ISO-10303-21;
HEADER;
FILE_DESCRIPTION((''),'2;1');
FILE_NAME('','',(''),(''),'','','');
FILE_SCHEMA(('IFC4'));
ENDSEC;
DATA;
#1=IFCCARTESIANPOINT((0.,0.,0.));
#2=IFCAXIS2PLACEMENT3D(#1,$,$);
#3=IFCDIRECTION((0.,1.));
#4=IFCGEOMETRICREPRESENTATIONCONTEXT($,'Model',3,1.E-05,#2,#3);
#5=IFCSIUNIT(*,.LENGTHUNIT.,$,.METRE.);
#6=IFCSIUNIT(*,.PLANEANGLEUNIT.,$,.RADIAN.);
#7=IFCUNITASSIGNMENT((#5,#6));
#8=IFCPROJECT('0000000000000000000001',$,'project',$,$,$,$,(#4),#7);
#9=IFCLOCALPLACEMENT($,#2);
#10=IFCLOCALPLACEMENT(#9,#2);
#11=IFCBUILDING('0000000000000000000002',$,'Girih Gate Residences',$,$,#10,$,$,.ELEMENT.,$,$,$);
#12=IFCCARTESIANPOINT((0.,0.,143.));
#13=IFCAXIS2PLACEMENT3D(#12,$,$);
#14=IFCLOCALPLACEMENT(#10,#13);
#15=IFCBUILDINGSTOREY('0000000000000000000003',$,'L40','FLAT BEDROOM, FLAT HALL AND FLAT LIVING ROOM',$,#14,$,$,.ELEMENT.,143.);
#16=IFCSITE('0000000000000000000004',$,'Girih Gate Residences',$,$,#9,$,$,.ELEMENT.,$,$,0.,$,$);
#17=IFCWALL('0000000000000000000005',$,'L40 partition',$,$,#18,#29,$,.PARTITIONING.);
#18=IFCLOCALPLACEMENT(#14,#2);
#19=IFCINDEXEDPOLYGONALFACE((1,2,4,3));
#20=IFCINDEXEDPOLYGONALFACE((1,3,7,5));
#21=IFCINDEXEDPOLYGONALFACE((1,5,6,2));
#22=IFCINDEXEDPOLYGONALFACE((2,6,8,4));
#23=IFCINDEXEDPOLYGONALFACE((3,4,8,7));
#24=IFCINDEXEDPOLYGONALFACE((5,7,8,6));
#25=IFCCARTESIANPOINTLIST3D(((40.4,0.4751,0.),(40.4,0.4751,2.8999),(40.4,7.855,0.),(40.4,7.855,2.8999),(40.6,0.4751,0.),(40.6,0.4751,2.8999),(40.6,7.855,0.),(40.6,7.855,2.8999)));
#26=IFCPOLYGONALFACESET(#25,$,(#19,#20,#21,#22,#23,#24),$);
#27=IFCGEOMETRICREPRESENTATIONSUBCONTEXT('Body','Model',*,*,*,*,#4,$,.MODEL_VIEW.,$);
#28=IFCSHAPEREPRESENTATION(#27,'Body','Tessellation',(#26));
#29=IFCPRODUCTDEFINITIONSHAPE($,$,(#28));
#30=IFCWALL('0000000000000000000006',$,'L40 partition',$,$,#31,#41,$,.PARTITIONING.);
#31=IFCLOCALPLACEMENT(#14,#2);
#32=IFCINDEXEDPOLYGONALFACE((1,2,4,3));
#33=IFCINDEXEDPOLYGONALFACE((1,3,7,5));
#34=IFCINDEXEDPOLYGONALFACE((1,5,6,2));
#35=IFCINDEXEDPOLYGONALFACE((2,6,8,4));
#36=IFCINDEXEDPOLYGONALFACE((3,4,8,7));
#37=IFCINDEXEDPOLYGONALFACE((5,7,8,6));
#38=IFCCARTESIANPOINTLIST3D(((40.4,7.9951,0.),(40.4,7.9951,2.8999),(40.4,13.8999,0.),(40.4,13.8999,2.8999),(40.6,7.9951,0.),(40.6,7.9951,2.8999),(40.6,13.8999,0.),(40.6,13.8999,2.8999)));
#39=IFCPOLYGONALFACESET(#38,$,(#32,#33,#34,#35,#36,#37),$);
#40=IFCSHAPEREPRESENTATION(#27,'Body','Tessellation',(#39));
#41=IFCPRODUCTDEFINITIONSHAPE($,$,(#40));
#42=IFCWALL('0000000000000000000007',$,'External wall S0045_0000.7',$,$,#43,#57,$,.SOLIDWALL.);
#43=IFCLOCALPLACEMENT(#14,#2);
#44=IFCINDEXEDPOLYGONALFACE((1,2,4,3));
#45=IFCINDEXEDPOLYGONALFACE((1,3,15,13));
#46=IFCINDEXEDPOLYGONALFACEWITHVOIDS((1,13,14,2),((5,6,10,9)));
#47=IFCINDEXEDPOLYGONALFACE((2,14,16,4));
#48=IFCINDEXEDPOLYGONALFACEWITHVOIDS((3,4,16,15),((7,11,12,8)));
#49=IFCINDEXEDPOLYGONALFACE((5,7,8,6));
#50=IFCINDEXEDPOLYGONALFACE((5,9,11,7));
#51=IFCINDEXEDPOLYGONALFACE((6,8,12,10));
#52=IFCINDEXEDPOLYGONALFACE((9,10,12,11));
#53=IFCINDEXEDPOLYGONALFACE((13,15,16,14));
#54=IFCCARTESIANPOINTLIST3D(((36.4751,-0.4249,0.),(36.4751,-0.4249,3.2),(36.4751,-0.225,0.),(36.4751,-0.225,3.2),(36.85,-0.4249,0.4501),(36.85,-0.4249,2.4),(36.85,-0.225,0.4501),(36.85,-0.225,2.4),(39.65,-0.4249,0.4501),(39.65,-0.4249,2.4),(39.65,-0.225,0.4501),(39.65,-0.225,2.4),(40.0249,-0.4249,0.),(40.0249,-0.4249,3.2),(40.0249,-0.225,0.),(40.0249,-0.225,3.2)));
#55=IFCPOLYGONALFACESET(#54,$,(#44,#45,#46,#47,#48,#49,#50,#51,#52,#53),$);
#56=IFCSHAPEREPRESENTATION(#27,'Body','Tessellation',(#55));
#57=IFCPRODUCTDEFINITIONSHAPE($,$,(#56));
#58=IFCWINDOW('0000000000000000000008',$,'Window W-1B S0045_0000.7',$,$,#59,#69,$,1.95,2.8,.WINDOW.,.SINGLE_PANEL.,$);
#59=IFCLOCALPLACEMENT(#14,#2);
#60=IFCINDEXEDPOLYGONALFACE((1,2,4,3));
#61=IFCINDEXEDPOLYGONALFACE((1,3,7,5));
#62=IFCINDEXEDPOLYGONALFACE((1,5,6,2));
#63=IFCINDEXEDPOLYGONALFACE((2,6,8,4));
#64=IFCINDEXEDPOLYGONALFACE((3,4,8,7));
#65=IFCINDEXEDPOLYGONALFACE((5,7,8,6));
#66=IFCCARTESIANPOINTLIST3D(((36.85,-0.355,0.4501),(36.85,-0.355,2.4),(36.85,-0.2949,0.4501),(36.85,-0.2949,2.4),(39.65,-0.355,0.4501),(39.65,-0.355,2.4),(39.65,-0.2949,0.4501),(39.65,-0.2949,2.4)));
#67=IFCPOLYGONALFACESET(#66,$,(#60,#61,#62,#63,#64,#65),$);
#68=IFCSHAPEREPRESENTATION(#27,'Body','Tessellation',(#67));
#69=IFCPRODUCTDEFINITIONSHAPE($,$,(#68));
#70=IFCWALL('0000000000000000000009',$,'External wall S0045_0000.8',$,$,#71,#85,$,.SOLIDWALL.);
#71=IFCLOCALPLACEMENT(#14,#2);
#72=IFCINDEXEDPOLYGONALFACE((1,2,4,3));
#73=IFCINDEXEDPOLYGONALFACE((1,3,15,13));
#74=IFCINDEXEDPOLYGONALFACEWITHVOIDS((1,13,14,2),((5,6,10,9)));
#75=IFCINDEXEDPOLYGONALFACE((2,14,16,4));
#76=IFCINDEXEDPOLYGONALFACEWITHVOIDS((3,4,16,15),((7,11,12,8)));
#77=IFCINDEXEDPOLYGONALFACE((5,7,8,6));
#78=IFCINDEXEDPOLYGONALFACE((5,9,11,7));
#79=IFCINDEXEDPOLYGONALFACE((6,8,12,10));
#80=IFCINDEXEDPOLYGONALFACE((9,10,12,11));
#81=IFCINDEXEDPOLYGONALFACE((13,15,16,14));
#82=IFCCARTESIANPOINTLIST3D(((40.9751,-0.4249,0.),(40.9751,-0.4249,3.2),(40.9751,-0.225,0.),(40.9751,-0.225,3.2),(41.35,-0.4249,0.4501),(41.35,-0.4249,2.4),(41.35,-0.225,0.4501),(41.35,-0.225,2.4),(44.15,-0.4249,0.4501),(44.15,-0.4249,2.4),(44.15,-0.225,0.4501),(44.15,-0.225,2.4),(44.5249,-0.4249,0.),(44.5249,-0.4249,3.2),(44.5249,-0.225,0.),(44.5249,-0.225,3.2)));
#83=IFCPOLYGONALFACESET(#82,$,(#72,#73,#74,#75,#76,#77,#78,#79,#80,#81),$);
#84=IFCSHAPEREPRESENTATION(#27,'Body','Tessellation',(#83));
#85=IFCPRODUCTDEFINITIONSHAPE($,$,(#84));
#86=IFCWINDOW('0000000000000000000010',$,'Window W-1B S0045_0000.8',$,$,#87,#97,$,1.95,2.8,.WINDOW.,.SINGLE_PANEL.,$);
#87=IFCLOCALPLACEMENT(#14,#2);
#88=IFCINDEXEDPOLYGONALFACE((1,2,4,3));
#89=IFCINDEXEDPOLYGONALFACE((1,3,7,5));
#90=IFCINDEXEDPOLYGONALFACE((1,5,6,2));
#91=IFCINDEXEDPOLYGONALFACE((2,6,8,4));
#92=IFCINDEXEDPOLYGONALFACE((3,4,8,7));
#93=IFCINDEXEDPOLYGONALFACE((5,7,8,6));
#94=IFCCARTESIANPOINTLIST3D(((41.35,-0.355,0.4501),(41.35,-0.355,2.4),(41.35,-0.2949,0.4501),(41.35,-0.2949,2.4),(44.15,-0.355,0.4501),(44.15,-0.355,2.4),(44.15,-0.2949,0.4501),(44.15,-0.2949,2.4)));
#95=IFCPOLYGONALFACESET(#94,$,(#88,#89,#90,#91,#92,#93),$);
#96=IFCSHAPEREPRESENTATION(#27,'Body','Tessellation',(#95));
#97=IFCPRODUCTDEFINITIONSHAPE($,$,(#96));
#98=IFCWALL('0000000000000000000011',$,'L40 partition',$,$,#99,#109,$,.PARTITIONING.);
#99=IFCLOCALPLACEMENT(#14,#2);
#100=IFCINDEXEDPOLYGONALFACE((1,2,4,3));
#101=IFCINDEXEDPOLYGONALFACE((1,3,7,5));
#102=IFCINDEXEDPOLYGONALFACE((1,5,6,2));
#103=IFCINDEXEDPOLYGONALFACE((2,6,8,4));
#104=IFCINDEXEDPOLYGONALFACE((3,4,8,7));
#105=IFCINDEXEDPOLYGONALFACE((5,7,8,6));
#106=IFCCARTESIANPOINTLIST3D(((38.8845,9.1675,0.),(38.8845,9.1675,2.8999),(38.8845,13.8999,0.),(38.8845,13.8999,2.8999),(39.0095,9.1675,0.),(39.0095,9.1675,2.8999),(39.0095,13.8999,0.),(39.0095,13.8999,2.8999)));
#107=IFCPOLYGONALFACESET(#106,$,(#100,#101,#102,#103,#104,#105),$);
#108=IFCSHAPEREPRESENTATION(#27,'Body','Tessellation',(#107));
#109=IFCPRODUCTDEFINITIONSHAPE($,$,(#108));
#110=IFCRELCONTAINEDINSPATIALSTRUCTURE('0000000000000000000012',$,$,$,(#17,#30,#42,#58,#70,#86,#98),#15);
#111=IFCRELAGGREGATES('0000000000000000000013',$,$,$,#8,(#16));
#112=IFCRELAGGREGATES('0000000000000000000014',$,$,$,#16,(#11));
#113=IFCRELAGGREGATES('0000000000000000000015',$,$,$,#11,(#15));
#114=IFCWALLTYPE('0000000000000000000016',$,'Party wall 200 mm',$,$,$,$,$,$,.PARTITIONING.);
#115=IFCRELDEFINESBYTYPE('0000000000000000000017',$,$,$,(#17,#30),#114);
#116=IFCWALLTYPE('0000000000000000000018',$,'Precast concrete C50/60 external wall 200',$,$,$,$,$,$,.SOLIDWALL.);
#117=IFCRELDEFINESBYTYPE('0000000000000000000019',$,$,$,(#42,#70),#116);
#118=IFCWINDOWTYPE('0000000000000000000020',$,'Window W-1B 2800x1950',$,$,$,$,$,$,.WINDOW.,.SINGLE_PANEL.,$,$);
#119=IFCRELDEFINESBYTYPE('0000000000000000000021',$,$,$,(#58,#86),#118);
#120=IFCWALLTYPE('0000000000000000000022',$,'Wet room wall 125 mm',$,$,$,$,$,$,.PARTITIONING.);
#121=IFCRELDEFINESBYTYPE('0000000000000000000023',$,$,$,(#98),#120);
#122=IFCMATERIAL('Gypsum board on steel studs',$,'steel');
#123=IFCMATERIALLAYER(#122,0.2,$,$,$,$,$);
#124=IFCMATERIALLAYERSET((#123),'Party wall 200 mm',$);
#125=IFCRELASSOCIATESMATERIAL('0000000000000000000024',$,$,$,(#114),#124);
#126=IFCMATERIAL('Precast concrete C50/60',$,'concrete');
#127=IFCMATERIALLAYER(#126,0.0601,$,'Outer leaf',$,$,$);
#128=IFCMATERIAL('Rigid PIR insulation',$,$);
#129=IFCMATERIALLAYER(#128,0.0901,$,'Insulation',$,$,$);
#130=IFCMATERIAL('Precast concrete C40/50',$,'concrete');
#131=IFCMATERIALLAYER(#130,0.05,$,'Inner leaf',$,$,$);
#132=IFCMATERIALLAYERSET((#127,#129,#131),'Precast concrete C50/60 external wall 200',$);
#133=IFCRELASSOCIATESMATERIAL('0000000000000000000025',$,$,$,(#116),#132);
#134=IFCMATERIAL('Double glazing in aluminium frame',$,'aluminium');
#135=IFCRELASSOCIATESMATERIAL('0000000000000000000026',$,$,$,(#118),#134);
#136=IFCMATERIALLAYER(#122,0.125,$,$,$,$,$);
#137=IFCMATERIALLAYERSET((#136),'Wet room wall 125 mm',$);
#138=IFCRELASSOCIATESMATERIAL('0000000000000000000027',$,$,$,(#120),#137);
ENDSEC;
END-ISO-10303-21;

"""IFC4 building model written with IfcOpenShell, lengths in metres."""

from ifc_helpers import new_model, si_unit, direction, frame, frame_2d, origin, place, context, subcontext, project, spatial, rectangle, extrude, material, layer, layer_set, type_object, element, fill, save


model = new_model("IFC4")

# Units and contexts
model_context = context("Model", 3, precision=1e-05, world=origin(), true_north=direction((0.0, 1.0)))
body_context = subcontext(model_context, "Body", "Model", "MODEL_VIEW")
ifc_project = project(units=[si_unit("LENGTHUNIT", "METRE"), si_unit("PLANEANGLEUNIT", "RADIAN")], contexts=[model_context])

# Site, building, storey
site_placement = place(None, origin())
site = spatial("IfcSite", under=ifc_project, at=site_placement, Name="Girih Gate Residences", CompositionType="ELEMENT", RefElevation=0.0)
building_placement = place(site_placement, origin())
building = spatial("IfcBuilding", under=site, at=building_placement, Name="Girih Gate Residences", CompositionType="ELEMENT")
storey_placement = place(building_placement, frame((0.0, 0.0, 143.0)))
storey = spatial("IfcBuildingStorey", under=building, at=storey_placement, Name="L40", Description="FLAT BEDROOM, FLAT HALL AND FLAT LIVING ROOM", CompositionType="ELEMENT", Elevation=143.0)

# Shared definitions
ifc_material_1 = material(Name="Gypsum board on steel studs", Category="steel")

# Walls
ifc_layer_1 = layer(ifc_material_1, 0.2)
ifc_layer_set_1 = layer_set([ifc_layer_1], Name="Party wall 200 mm")
wall_type_1 = type_object("IfcWallType", Name="Party wall 200 mm", PredefinedType="PARTITIONING", material=ifc_layer_set_1)
wall_1_placement = place(storey_placement, frame((40.5, 0.4751, 0.0), z_axis=(0.0, 0.0, 1.0), x_axis=(0.0, 1.0, 0.0)))
element("IfcWall", 1, at=wall_1_placement, inside=storey, type_object=wall_type_1, Name="L40 partition", PredefinedType="PARTITIONING", context=body_context, shape_type="SweptSolid", body=[
    extrude(rectangle(XDim=7.3799, YDim=0.2, at=frame_2d((3.6899, 0.0))), origin(), (0.0, 0.0, 1.0), 2.8999),
])
wall_2_placement = place(storey_placement, frame((40.5, 7.9951, 0.0), z_axis=(0.0, 0.0, 1.0), x_axis=(0.0, 1.0, 0.0)))
element("IfcWall", 2, at=wall_2_placement, inside=storey, type_object=wall_type_1, Name="L40 partition", PredefinedType="PARTITIONING", context=body_context, shape_type="SweptSolid", body=[
    extrude(rectangle(XDim=5.9048, YDim=0.2, at=frame_2d((2.9524, 0.0))), origin(), (0.0, 0.0, 1.0), 2.8999),
])

# Walls, openings, windows
ifc_material_2 = material(Name="Precast concrete C50/60", Category="concrete")
ifc_layer_2 = layer(ifc_material_2, 0.0601, Name="Outer leaf")
ifc_material_3 = material(Name="Rigid PIR insulation")
ifc_layer_3 = layer(ifc_material_3, 0.0901, Name="Insulation")
ifc_material_4 = material(Name="Precast concrete C40/50", Category="concrete")
ifc_layer_4 = layer(ifc_material_4, 0.05, Name="Inner leaf")
ifc_layer_set_2 = layer_set([ifc_layer_2, ifc_layer_3, ifc_layer_4], Name="Precast concrete C50/60 external wall 200")
wall_type_2 = type_object("IfcWallType", Name="Precast concrete C50/60 external wall 200", PredefinedType="SOLIDWALL", material=ifc_layer_set_2)
wall_3_placement = place(storey_placement, frame((40.0249, -0.325, 0.0), z_axis=(0.0, 0.0, 1.0), x_axis=(-1.0, 0.0, 0.0)))
wall_3 = element("IfcWall", 3, at=wall_3_placement, inside=storey, type_object=wall_type_2, Name="External wall S0045_0000.7", PredefinedType="SOLIDWALL", context=body_context, shape_type="SweptSolid", body=[
    extrude(rectangle(XDim=3.5498, YDim=0.2, at=frame_2d((1.7749, 0.0))), origin(), (0.0, 0.0, 1.0), 3.2),
])
opening_1_placement = place(wall_3_placement, frame((0.375, 0.0, 0.45)))
opening_1 = element("IfcOpeningElement", 4, at=opening_1_placement, cuts=wall_3, PredefinedType="OPENING", context=body_context, shape_type="SweptSolid", body=[
    extrude(rectangle(XDim=2.8, YDim=1.95, at=frame_2d((1.3999, 0.9751))), frame((0.0, 0.1099, 0.0), z_axis=(0.0, -1.0, 0.0), x_axis=(1.0, 0.0, 0.0)), (0.0, 0.0, 1.0), 0.22),
])
ifc_material_5 = material(Name="Double glazing in aluminium frame", Category="aluminium")
window_type = type_object("IfcWindowType", Name="Window W-1B 2800x1950", PartitioningType="SINGLE_PANEL", PredefinedType="WINDOW", material=ifc_material_5)
window_1_placement = place(opening_1_placement, origin())
window_1 = element("IfcWindow", 5, at=window_1_placement, inside=storey, type_object=window_type, Name="Window W-1B S0045_0000.7", OverallHeight=1.95, OverallWidth=2.8, PartitioningType="SINGLE_PANEL", PredefinedType="WINDOW", context=body_context, shape_type="SweptSolid", body=[
    extrude(rectangle(XDim=2.8, YDim=1.95, at=frame_2d((1.3999, 0.9751))), frame((0.0, 0.03, 0.0), z_axis=(0.0, -1.0, 0.0), x_axis=(1.0, 0.0, 0.0)), (0.0, 0.0, 1.0), 0.0601),
])
fill(opening_1, window_1)
wall_4_placement = place(storey_placement, frame((44.5249, -0.325, 0.0), z_axis=(0.0, 0.0, 1.0), x_axis=(-1.0, 0.0, 0.0)))
wall_4 = element("IfcWall", 6, at=wall_4_placement, inside=storey, type_object=wall_type_2, Name="External wall S0045_0000.8", PredefinedType="SOLIDWALL", context=body_context, shape_type="SweptSolid", body=[
    extrude(rectangle(XDim=3.5498, YDim=0.2, at=frame_2d((1.7749, 0.0))), origin(), (0.0, 0.0, 1.0), 3.2),
])
opening_2_placement = place(wall_4_placement, frame((0.375, 0.0, 0.45)))
opening_2 = element("IfcOpeningElement", 7, at=opening_2_placement, cuts=wall_4, PredefinedType="OPENING", context=body_context, shape_type="SweptSolid", body=[
    extrude(rectangle(XDim=2.8, YDim=1.95, at=frame_2d((1.3999, 0.9751))), frame((0.0, 0.1099, 0.0), z_axis=(0.0, -1.0, 0.0), x_axis=(1.0, 0.0, 0.0)), (0.0, 0.0, 1.0), 0.22),
])
window_2_placement = place(opening_2_placement, origin())
window_2 = element("IfcWindow", 8, at=window_2_placement, inside=storey, type_object=window_type, Name="Window W-1B S0045_0000.8", OverallHeight=1.95, OverallWidth=2.8, PartitioningType="SINGLE_PANEL", PredefinedType="WINDOW", context=body_context, shape_type="SweptSolid", body=[
    extrude(rectangle(XDim=2.8, YDim=1.95, at=frame_2d((1.3999, 0.9751))), frame((0.0, 0.03, 0.0), z_axis=(0.0, -1.0, 0.0), x_axis=(1.0, 0.0, 0.0)), (0.0, 0.0, 1.0), 0.0601),
])
fill(opening_2, window_2)

# Wall
ifc_layer_5 = layer(ifc_material_1, 0.125)
ifc_layer_set_3 = layer_set([ifc_layer_5], Name="Wet room wall 125 mm")
wall_type_3 = type_object("IfcWallType", Name="Wet room wall 125 mm", PredefinedType="PARTITIONING", material=ifc_layer_set_3)
wall_5_placement = place(storey_placement, frame((38.947, 9.1675, 0.0), z_axis=(0.0, 0.0, 1.0), x_axis=(0.0, 1.0, 0.0)))
element("IfcWall", 9, at=wall_5_placement, inside=storey, type_object=wall_type_3, Name="L40 partition", PredefinedType="PARTITIONING", context=body_context, shape_type="SweptSolid", body=[
    extrude(rectangle(XDim=4.7324, YDim=0.125, at=frame_2d((2.3662, 0.0))), origin(), (0.0, 0.0, 1.0), 2.8999),
])

save(model, "model.ifc")
